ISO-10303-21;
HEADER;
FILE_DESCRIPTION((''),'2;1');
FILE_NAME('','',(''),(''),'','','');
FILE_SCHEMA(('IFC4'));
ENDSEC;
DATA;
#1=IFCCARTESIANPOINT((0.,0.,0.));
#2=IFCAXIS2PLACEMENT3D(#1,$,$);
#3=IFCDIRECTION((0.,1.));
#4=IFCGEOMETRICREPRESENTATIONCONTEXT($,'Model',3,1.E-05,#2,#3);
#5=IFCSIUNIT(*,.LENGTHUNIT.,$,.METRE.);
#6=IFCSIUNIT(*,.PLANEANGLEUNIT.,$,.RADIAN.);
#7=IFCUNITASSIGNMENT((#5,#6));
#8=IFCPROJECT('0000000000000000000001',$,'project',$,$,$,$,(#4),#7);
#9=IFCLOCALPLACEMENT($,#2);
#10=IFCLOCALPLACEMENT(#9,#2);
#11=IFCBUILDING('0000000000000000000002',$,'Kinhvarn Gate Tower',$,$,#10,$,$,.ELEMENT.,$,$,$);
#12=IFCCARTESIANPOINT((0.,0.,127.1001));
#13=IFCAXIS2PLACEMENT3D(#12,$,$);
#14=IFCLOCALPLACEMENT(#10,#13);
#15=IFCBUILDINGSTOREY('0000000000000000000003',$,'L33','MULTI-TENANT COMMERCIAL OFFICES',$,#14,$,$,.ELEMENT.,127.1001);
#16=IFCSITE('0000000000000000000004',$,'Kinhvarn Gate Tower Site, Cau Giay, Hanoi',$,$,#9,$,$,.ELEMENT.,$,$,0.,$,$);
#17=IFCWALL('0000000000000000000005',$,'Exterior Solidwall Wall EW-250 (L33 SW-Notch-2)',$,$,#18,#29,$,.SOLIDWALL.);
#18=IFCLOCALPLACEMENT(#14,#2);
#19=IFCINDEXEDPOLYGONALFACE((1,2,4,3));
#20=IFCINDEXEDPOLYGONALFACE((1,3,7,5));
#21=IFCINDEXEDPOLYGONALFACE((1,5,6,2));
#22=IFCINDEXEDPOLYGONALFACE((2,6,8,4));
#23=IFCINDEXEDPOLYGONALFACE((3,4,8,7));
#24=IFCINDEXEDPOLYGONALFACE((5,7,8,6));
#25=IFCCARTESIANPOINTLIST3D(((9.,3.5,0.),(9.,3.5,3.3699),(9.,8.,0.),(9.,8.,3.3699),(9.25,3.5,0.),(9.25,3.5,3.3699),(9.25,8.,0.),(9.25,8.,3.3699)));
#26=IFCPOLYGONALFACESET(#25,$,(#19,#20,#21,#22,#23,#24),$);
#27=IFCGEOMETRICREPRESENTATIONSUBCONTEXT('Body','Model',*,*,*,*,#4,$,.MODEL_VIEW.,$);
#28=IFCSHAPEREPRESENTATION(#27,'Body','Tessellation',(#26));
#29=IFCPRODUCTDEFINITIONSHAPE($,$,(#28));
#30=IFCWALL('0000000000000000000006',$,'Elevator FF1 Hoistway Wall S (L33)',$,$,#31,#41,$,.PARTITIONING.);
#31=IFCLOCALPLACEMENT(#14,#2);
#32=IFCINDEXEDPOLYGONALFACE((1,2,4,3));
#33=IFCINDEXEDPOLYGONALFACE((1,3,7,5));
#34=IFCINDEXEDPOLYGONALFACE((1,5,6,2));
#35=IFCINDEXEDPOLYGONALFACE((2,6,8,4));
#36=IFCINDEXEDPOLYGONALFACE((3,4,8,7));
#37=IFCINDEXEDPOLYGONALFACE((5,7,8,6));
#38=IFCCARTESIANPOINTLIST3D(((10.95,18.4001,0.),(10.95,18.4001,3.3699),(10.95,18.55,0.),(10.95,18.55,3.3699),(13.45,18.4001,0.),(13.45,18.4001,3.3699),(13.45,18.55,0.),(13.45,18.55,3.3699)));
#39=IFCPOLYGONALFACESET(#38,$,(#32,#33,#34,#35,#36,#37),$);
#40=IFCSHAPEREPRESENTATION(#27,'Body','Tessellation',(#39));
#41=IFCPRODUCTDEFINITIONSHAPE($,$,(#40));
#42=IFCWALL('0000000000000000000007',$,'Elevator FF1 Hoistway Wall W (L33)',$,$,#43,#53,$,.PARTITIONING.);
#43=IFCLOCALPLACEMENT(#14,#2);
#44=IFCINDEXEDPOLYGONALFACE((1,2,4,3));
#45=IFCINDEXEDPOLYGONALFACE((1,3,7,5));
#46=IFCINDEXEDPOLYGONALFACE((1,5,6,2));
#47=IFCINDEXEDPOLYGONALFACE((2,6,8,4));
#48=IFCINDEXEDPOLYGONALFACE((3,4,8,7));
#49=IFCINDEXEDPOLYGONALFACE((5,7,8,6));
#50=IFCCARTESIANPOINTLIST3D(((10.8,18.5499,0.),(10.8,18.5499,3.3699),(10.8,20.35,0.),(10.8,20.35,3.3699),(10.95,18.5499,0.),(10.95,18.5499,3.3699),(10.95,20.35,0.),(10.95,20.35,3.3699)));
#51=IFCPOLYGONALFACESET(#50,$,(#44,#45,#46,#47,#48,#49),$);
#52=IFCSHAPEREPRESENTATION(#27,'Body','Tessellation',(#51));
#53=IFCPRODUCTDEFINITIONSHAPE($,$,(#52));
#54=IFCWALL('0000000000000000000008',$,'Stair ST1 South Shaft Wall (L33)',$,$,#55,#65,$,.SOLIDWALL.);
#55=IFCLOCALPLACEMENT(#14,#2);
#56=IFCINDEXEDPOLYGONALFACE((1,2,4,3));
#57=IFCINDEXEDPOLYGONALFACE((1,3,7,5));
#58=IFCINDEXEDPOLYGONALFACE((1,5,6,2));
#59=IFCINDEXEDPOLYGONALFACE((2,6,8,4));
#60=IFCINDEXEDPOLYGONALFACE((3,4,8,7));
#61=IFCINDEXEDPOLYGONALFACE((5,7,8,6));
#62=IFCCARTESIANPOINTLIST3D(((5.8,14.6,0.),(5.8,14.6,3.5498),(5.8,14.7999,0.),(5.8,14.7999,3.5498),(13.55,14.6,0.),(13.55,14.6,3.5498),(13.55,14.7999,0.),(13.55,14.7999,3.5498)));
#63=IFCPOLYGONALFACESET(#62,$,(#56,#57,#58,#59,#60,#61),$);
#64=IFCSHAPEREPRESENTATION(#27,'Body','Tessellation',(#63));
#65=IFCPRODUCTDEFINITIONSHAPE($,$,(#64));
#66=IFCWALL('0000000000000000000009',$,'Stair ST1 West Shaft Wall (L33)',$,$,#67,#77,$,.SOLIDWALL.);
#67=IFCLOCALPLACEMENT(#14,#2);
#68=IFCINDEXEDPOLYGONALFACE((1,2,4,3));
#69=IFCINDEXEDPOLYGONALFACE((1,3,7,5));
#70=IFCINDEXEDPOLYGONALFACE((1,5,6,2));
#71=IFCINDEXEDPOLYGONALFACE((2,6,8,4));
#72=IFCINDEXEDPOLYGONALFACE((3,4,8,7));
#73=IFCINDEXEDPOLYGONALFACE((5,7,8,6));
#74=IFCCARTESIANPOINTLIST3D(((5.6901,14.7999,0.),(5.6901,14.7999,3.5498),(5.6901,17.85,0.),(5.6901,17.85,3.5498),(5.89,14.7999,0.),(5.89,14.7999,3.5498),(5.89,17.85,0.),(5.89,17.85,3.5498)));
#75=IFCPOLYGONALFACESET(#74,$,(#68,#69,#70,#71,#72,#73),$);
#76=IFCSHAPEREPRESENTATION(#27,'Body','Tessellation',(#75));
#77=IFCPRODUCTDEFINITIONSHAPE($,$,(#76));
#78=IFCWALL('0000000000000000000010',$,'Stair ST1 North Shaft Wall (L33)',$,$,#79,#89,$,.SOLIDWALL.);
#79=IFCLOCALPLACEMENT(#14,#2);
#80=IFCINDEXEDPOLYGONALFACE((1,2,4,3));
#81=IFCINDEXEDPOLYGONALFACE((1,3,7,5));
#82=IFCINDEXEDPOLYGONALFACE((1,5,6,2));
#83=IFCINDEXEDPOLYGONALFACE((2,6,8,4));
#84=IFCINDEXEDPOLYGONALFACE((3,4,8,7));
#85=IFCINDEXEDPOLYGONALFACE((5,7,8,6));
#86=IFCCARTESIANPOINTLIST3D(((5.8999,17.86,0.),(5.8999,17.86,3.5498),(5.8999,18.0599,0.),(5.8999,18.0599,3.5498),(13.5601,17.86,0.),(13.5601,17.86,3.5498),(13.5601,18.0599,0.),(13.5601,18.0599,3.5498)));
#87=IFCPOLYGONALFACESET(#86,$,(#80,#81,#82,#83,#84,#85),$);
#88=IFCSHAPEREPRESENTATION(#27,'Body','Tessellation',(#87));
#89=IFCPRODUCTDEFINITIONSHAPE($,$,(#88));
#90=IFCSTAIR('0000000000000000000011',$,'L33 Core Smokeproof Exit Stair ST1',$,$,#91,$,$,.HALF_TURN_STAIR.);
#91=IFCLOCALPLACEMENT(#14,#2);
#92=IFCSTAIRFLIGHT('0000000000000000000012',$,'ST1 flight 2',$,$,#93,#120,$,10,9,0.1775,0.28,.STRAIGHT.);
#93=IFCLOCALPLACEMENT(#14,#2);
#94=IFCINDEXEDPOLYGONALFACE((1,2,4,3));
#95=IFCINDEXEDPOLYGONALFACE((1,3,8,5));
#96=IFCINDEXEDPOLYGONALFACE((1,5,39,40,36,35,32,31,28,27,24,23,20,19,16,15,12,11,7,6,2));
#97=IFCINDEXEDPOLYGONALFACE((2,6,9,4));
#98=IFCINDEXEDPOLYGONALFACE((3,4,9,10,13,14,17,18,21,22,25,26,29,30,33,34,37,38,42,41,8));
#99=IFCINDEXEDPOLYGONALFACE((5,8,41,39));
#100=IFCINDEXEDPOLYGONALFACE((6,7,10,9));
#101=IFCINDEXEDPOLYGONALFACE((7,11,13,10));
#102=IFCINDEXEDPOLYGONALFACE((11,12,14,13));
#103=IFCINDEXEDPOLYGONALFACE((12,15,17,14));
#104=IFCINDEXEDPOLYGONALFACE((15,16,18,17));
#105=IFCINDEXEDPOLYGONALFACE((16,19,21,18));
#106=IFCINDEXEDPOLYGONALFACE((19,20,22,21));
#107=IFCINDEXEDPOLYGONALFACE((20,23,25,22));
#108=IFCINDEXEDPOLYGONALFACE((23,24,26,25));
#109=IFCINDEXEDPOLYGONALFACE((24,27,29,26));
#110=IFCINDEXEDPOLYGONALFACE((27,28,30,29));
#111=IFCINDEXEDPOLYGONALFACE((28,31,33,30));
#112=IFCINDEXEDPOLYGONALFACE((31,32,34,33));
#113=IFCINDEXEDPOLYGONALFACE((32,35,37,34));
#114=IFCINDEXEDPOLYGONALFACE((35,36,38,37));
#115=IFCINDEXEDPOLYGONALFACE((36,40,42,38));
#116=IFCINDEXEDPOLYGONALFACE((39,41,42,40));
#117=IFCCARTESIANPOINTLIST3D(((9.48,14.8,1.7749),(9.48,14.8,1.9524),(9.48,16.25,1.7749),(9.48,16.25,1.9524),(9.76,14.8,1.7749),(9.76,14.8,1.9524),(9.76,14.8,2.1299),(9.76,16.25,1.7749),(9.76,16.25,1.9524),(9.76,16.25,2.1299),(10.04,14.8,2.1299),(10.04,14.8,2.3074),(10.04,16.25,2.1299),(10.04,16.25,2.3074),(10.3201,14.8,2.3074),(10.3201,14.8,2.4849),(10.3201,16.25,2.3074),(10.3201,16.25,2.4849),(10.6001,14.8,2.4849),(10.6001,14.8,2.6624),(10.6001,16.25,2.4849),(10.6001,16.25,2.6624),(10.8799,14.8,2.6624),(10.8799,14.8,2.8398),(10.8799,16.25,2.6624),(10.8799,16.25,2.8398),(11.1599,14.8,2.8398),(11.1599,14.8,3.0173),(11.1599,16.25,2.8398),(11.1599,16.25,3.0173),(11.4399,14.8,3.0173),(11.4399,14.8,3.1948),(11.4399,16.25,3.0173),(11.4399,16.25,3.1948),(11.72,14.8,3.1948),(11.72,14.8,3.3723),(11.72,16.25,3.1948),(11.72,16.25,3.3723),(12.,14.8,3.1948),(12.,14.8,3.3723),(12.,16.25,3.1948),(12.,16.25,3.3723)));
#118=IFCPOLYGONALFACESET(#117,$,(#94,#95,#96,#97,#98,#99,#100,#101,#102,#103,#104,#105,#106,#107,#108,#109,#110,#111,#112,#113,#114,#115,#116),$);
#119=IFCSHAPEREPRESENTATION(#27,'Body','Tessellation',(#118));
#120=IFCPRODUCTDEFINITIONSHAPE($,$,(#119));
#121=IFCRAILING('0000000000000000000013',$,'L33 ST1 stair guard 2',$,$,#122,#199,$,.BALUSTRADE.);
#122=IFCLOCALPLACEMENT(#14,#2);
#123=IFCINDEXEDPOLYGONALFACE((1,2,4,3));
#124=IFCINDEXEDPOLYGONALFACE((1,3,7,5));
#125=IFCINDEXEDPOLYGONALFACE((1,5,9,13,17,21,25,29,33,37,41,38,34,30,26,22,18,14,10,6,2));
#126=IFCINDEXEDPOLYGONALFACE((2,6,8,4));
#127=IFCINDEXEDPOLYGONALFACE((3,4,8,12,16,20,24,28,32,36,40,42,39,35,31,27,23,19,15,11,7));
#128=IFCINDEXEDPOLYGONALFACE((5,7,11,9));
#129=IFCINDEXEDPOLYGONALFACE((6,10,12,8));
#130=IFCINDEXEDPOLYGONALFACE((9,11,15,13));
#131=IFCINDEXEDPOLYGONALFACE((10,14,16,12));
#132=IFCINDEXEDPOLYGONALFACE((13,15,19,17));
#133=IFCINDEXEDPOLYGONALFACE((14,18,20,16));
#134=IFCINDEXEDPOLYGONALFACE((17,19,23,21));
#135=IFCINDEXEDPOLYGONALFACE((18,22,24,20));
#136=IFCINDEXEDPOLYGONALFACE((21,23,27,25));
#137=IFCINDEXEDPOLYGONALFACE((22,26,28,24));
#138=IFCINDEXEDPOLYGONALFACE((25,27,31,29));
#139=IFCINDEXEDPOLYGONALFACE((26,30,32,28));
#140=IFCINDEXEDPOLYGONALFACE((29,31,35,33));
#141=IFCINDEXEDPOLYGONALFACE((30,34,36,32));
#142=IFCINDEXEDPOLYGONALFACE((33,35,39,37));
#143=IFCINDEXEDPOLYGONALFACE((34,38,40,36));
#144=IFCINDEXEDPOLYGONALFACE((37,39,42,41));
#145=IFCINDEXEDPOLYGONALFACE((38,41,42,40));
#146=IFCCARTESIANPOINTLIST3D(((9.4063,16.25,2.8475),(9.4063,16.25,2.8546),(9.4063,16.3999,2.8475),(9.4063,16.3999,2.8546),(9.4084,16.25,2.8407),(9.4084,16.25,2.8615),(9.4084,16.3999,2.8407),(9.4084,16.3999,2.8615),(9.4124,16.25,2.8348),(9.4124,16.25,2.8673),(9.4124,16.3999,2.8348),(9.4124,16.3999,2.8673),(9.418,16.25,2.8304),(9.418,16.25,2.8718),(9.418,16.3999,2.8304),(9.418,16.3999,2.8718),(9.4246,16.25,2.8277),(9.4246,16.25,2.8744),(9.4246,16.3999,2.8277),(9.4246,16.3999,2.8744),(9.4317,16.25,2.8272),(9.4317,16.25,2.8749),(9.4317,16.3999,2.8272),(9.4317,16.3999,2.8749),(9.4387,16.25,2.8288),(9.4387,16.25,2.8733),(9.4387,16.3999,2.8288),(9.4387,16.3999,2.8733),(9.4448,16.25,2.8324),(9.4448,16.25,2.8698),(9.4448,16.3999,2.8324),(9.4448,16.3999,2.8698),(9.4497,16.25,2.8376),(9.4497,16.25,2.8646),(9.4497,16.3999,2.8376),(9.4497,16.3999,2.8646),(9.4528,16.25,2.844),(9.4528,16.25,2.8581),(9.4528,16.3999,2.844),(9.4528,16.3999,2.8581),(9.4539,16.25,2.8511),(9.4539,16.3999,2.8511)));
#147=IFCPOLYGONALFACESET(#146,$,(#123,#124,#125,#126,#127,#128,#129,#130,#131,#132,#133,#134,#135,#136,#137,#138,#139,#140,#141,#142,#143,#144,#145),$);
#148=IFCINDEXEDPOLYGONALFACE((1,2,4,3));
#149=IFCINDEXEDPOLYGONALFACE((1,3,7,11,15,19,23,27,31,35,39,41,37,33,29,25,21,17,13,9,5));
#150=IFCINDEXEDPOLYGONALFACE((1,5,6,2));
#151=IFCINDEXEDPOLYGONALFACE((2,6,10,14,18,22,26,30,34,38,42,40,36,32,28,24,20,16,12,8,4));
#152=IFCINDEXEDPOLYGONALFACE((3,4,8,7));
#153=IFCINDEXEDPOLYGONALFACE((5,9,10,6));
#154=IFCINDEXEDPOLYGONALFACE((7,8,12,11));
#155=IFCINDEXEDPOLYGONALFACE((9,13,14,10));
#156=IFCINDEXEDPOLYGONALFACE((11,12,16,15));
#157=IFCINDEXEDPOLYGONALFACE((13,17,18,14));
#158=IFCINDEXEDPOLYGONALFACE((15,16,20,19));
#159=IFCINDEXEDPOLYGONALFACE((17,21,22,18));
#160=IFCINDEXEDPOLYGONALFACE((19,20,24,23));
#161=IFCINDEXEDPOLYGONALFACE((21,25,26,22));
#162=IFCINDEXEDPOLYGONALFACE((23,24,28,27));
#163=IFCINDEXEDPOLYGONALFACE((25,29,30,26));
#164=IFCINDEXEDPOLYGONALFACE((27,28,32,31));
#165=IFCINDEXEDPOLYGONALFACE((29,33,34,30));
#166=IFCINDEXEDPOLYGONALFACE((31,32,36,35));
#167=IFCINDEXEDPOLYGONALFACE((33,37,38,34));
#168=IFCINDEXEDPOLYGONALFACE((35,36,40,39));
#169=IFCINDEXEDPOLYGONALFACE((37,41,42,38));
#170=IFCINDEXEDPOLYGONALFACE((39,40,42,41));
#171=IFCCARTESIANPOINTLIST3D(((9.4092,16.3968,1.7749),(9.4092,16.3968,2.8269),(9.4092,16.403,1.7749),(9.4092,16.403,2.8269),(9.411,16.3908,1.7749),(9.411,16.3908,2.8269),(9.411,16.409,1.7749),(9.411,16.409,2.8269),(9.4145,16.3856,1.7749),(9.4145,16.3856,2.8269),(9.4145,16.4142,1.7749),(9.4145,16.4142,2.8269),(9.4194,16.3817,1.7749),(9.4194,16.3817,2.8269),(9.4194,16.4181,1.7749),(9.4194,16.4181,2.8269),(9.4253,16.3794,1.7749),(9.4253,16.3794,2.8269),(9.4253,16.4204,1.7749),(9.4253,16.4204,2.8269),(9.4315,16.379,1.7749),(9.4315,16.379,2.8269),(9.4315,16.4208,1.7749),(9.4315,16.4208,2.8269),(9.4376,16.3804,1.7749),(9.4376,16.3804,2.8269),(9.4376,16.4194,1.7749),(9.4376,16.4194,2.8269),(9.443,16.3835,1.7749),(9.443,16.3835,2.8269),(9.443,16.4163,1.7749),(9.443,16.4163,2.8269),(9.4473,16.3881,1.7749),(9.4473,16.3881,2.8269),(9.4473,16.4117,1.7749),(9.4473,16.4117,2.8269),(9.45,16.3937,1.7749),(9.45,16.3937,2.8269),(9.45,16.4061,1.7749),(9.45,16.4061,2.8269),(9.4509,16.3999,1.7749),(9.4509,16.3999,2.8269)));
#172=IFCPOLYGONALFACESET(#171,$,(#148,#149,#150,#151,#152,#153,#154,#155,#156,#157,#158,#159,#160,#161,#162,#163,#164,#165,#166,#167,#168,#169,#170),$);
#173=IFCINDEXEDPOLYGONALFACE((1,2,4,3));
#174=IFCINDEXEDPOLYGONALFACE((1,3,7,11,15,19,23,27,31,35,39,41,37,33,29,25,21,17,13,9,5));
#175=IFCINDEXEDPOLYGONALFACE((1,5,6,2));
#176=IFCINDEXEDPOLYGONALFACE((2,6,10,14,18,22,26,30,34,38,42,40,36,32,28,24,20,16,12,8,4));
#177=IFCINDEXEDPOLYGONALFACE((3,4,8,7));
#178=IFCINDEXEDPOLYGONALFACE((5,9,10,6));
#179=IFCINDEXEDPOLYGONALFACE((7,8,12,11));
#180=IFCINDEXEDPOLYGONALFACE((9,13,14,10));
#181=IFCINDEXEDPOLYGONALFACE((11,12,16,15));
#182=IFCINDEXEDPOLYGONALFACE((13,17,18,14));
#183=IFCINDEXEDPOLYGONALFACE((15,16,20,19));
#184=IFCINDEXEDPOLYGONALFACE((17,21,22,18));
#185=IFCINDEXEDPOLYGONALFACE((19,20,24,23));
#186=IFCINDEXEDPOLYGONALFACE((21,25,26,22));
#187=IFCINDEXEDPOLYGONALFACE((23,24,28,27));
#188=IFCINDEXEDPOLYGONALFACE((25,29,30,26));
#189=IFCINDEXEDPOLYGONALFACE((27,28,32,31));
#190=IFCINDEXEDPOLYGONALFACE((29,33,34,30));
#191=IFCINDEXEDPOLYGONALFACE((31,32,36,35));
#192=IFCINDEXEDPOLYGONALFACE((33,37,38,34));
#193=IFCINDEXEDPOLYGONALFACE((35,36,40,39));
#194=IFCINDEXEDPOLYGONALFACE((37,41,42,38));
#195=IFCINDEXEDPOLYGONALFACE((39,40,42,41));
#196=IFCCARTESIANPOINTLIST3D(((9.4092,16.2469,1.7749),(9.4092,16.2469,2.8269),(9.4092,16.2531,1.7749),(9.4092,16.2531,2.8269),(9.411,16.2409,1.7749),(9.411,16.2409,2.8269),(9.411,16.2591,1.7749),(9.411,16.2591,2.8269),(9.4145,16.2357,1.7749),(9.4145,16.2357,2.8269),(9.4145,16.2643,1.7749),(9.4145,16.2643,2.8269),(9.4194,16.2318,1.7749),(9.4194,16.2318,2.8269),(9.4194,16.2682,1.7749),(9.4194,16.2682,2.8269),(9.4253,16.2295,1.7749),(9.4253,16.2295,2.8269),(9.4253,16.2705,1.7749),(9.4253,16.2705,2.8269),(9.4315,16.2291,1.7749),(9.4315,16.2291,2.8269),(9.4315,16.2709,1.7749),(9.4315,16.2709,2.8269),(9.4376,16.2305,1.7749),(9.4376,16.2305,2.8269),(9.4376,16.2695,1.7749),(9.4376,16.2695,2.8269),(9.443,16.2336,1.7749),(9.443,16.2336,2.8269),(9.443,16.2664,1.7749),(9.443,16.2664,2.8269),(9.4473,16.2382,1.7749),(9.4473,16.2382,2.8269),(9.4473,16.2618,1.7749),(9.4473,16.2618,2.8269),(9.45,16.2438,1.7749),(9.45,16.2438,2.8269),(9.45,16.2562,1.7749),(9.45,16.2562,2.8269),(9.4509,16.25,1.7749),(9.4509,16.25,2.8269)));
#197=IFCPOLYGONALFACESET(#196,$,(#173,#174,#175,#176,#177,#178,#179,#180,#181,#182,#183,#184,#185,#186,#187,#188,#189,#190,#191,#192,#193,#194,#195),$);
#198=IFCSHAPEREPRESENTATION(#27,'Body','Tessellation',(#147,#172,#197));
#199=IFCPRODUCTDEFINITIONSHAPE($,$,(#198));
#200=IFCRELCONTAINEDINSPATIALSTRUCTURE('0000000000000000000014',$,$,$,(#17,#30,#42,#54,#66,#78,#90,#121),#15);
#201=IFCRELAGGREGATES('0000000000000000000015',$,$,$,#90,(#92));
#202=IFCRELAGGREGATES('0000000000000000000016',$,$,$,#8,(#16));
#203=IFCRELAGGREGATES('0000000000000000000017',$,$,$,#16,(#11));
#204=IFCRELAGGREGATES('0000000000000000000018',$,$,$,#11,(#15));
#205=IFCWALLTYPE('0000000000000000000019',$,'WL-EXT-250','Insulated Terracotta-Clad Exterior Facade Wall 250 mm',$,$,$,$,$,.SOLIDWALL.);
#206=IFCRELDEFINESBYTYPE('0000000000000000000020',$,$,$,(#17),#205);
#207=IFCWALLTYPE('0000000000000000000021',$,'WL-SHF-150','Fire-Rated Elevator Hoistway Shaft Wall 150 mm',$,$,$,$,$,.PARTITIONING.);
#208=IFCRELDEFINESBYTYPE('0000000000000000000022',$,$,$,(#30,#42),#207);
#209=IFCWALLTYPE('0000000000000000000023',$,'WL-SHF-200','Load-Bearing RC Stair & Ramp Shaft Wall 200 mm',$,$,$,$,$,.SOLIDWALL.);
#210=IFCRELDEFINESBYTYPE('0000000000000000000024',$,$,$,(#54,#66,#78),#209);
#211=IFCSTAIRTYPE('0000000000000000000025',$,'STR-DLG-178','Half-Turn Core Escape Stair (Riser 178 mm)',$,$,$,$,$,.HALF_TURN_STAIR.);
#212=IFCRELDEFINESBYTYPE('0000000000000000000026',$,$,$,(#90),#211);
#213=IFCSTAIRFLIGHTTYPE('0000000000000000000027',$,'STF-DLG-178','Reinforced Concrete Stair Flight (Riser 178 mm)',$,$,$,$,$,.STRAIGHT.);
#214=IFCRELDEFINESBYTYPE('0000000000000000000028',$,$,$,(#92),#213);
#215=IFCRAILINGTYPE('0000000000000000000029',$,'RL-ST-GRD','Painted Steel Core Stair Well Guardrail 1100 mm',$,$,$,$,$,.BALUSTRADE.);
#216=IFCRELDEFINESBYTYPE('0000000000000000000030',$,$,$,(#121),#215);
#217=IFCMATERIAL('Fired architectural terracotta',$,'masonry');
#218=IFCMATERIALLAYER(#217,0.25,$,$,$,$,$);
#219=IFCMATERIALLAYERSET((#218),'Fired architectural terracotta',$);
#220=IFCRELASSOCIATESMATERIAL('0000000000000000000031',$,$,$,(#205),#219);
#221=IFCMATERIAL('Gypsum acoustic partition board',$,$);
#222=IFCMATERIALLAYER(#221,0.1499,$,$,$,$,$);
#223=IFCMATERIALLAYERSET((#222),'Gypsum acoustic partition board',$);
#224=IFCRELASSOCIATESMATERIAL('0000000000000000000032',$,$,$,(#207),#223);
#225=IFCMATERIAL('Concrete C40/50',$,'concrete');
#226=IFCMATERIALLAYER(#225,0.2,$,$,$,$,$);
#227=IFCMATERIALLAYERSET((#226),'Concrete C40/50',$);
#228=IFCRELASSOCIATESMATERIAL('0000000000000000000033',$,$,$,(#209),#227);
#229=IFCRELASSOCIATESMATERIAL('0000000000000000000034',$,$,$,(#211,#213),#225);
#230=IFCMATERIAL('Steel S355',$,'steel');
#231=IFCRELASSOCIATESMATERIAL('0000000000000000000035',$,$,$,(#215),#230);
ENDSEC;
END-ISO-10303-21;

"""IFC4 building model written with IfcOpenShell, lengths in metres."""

from ifc_helpers import new_model, si_unit, direction, frame, frame_2d, origin, origin_2d, place, context, subcontext, project, spatial, polyline, rectangle, circle, outline, extrude, material, layer, layer_set, type_object, element, aggregate, save


model = new_model("IFC4")

# Units and contexts
model_context = context("Model", 3, precision=1e-05, world=origin(), true_north=direction((0.0, 1.0)))
body_context = subcontext(model_context, "Body", "Model", "MODEL_VIEW")
ifc_project = project(units=[si_unit("LENGTHUNIT", "METRE"), si_unit("PLANEANGLEUNIT", "RADIAN")], contexts=[model_context])

# Site, building, storey
site_placement = place(None, origin())
site = spatial("IfcSite", under=ifc_project, at=site_placement, Name="Kinhvarn Gate Tower Site, Cau Giay, Hanoi", CompositionType="ELEMENT", RefElevation=0.0)
building_placement = place(site_placement, origin())
building = spatial("IfcBuilding", under=site, at=building_placement, Name="Kinhvarn Gate Tower", CompositionType="ELEMENT")
storey_placement = place(building_placement, frame((0.0, 0.0, 127.1001)))
storey = spatial("IfcBuildingStorey", under=building, at=storey_placement, Name="L33", Description="MULTI-TENANT COMMERCIAL OFFICES", CompositionType="ELEMENT", Elevation=127.1001)

# Shared definitions
ifc_material_1 = material(Name="Steel S355", Category="steel")

# Shared definitions
ifc_material_2 = material(Name="Fired architectural terracotta", Category="masonry")
ifc_layer_1 = layer(ifc_material_2, 0.25)
ifc_layer_set_1 = layer_set([ifc_layer_1], Name="Fired architectural terracotta")
wall_type_1 = type_object("IfcWallType", Name="WL-EXT-250", Description="Insulated Terracotta-Clad Exterior Facade Wall 250 mm", PredefinedType="SOLIDWALL", material=ifc_layer_set_1)

# Walls
wall_1_placement = place(storey_placement, frame((9.125, 8.0, 0.0), z_axis=(0.0, 0.0, 1.0), x_axis=(0.0, -1.0, 0.0)))
element("IfcWall", 1, at=wall_1_placement, inside=storey, type_object=wall_type_1, Name="Exterior Solidwall Wall EW-250 (L33 SW-Notch-2)", PredefinedType="SOLIDWALL", context=body_context, shape_type="SweptSolid", body=[
    extrude(rectangle(XDim=4.5, YDim=0.25, at=frame_2d((2.25, 0.0))), origin(), (0.0, 0.0, 1.0), 3.3699),
])
ifc_material_3 = material(Name="Gypsum acoustic partition board")
ifc_layer_2 = layer(ifc_material_3, 0.1499)
ifc_layer_set_2 = layer_set([ifc_layer_2], Name="Gypsum acoustic partition board")
wall_type_2 = type_object("IfcWallType", Name="WL-SHF-150", Description="Fire-Rated Elevator Hoistway Shaft Wall 150 mm", PredefinedType="PARTITIONING", material=ifc_layer_set_2)
wall_2_placement = place(storey_placement, frame((10.95, 18.4751, 0.0), z_axis=(0.0, 0.0, 1.0), x_axis=(1.0, 0.0, 0.0)))
element("IfcWall", 2, at=wall_2_placement, inside=storey, type_object=wall_type_2, Name="Elevator FF1 Hoistway Wall S (L33)", PredefinedType="PARTITIONING", context=body_context, shape_type="SweptSolid", body=[
    extrude(rectangle(XDim=2.5, YDim=0.1499, at=frame_2d((1.25, 0.0))), origin(), (0.0, 0.0, 1.0), 3.3699),
])
wall_3_placement = place(storey_placement, frame((10.875, 18.55, 0.0), z_axis=(0.0, 0.0, 1.0), x_axis=(0.0, 1.0, 0.0)))
element("IfcWall", 3, at=wall_3_placement, inside=storey, type_object=wall_type_2, Name="Elevator FF1 Hoistway Wall W (L33)", PredefinedType="PARTITIONING", context=body_context, shape_type="SweptSolid", body=[
    extrude(rectangle(XDim=1.8, YDim=0.1499, at=frame_2d((0.8999, 0.0))), origin(), (0.0, 0.0, 1.0), 3.3699),
])
ifc_material_4 = material(Name="Concrete C40/50", Category="concrete")
ifc_layer_3 = layer(ifc_material_4, 0.2)
ifc_layer_set_3 = layer_set([ifc_layer_3], Name="Concrete C40/50")
wall_type_3 = type_object("IfcWallType", Name="WL-SHF-200", Description="Load-Bearing RC Stair & Ramp Shaft Wall 200 mm", PredefinedType="SOLIDWALL", material=ifc_layer_set_3)
wall_4_placement = place(storey_placement, frame((5.8, 14.7, 0.0), z_axis=(0.0, 0.0, 1.0), x_axis=(1.0, 0.0, 0.0)))
element("IfcWall", 4, at=wall_4_placement, inside=storey, type_object=wall_type_3, Name="Stair ST1 South Shaft Wall (L33)", PredefinedType="SOLIDWALL", context=body_context, shape_type="SweptSolid", body=[
    extrude(rectangle(XDim=7.75, YDim=0.2, at=frame_2d((3.875, 0.0))), origin(), (0.0, 0.0, 1.0), 3.5498),
])
wall_5_placement = place(storey_placement, frame((5.79, 14.8, 0.0), z_axis=(0.0, 0.0, 1.0), x_axis=(0.0, 1.0, 0.0)))
element("IfcWall", 5, at=wall_5_placement, inside=storey, type_object=wall_type_3, Name="Stair ST1 West Shaft Wall (L33)", PredefinedType="SOLIDWALL", context=body_context, shape_type="SweptSolid", body=[
    extrude(rectangle(XDim=3.05, YDim=0.2, at=frame_2d((1.5249, 0.0))), origin(), (0.0, 0.0, 1.0), 3.5498),
])
wall_6_placement = place(storey_placement, frame((5.8999, 17.96, 0.0), z_axis=(0.0, 0.0, 1.0), x_axis=(1.0, 0.0, 0.0)))
element("IfcWall", 6, at=wall_6_placement, inside=storey, type_object=wall_type_3, Name="Stair ST1 North Shaft Wall (L33)", PredefinedType="SOLIDWALL", context=body_context, shape_type="SweptSolid", body=[
    extrude(rectangle(XDim=7.6602, YDim=0.2, at=frame_2d((3.8301, 0.0))), origin(), (0.0, 0.0, 1.0), 3.5498),
])

# Stair, stair flight
stair_type = type_object("IfcStairType", Name="STR-DLG-178", Description="Half-Turn Core Escape Stair (Riser 178 mm)", PredefinedType="HALF_TURN_STAIR", material=ifc_material_4)
stair_placement = place(storey_placement, origin())
stair = element("IfcStair", 7, at=stair_placement, inside=storey, type_object=stair_type, Name="L33 Core Smokeproof Exit Stair ST1", PredefinedType="HALF_TURN_STAIR")
stair_flight_type = type_object("IfcStairFlightType", Name="STF-DLG-178", Description="Reinforced Concrete Stair Flight (Riser 178 mm)", PredefinedType="STRAIGHT", material=ifc_material_4)
stair_flight_placement = place(storey_placement, frame((9.48, 15.5249, 1.7749), z_axis=(0.0, 0.0, 1.0), x_axis=(1.0, 0.0, 0.0)))
stair_flight = element("IfcStairFlight", 8, at=stair_flight_placement, type_object=stair_flight_type, Name="ST1 flight 2", NumberOfRisers=10, NumberOfTreads=9, PredefinedType="STRAIGHT", RiserHeight=0.1775, TreadLength=0.28, context=body_context, shape_type="SweptSolid", body=[
    extrude(outline(polyline([(0.0, 0.0), (0.0, 0.1775), (0.28, 0.1775), (0.28, 0.355), (0.5601, 0.355), (0.5601, 0.5325), (0.8401, 0.5325), (0.8401, 0.71), (1.1201, 0.71), (1.1201, 0.8875), (1.3999, 0.8875), (1.3999, 1.0649), (1.6799, 1.0649), (1.6799, 1.2424), (1.96, 1.2424), (1.96, 1.4199), (2.24, 1.4199), (2.24, 1.5974), (2.52, 1.5974), (2.52, 1.7749), (2.52, 1.4199), (0.28, 0.0), (0.0, 0.0)])), frame((0.0, 0.7251, 0.0), z_axis=(0.0, -1.0, 0.0), x_axis=(1.0, 0.0, 0.0)), (0.0, 0.0, 1.0), 1.45),
])
aggregate(stair, [stair_flight])

# Railing
railing_type_1 = type_object("IfcRailingType", Name="RL-ST-GRD", Description="Painted Steel Core Stair Well Guardrail 1100 mm", PredefinedType="BALUSTRADE", material=ifc_material_1)
railing_1_placement = place(storey_placement, frame((9.4299, 16.3999, 1.7749)))
element("IfcRailing", 9, at=railing_1_placement, inside=storey, type_object=railing_type_1, Name="L33 ST1 stair guard 2", PredefinedType="BALUSTRADE", context=body_context, shape_type="SweptSolid", body=[
    extrude(circle(Radius=0.0239, at=origin_2d()), frame((0.0, 0.0, 1.0762), z_axis=(0.0, -1.0, 0.0), x_axis=(1.0, 0.0, 0.0)), (0.0, 0.0, 1.0), 0.1499),
    extrude(circle(Radius=0.021, at=origin_2d()), origin(), (0.0, 0.0, 1.0), 1.052),
    extrude(circle(Radius=0.021, at=origin_2d()), frame((0.0, -0.1499, 0.0)), (0.0, 0.0, 1.0), 1.052),
])

save(model, "model.ifc")
